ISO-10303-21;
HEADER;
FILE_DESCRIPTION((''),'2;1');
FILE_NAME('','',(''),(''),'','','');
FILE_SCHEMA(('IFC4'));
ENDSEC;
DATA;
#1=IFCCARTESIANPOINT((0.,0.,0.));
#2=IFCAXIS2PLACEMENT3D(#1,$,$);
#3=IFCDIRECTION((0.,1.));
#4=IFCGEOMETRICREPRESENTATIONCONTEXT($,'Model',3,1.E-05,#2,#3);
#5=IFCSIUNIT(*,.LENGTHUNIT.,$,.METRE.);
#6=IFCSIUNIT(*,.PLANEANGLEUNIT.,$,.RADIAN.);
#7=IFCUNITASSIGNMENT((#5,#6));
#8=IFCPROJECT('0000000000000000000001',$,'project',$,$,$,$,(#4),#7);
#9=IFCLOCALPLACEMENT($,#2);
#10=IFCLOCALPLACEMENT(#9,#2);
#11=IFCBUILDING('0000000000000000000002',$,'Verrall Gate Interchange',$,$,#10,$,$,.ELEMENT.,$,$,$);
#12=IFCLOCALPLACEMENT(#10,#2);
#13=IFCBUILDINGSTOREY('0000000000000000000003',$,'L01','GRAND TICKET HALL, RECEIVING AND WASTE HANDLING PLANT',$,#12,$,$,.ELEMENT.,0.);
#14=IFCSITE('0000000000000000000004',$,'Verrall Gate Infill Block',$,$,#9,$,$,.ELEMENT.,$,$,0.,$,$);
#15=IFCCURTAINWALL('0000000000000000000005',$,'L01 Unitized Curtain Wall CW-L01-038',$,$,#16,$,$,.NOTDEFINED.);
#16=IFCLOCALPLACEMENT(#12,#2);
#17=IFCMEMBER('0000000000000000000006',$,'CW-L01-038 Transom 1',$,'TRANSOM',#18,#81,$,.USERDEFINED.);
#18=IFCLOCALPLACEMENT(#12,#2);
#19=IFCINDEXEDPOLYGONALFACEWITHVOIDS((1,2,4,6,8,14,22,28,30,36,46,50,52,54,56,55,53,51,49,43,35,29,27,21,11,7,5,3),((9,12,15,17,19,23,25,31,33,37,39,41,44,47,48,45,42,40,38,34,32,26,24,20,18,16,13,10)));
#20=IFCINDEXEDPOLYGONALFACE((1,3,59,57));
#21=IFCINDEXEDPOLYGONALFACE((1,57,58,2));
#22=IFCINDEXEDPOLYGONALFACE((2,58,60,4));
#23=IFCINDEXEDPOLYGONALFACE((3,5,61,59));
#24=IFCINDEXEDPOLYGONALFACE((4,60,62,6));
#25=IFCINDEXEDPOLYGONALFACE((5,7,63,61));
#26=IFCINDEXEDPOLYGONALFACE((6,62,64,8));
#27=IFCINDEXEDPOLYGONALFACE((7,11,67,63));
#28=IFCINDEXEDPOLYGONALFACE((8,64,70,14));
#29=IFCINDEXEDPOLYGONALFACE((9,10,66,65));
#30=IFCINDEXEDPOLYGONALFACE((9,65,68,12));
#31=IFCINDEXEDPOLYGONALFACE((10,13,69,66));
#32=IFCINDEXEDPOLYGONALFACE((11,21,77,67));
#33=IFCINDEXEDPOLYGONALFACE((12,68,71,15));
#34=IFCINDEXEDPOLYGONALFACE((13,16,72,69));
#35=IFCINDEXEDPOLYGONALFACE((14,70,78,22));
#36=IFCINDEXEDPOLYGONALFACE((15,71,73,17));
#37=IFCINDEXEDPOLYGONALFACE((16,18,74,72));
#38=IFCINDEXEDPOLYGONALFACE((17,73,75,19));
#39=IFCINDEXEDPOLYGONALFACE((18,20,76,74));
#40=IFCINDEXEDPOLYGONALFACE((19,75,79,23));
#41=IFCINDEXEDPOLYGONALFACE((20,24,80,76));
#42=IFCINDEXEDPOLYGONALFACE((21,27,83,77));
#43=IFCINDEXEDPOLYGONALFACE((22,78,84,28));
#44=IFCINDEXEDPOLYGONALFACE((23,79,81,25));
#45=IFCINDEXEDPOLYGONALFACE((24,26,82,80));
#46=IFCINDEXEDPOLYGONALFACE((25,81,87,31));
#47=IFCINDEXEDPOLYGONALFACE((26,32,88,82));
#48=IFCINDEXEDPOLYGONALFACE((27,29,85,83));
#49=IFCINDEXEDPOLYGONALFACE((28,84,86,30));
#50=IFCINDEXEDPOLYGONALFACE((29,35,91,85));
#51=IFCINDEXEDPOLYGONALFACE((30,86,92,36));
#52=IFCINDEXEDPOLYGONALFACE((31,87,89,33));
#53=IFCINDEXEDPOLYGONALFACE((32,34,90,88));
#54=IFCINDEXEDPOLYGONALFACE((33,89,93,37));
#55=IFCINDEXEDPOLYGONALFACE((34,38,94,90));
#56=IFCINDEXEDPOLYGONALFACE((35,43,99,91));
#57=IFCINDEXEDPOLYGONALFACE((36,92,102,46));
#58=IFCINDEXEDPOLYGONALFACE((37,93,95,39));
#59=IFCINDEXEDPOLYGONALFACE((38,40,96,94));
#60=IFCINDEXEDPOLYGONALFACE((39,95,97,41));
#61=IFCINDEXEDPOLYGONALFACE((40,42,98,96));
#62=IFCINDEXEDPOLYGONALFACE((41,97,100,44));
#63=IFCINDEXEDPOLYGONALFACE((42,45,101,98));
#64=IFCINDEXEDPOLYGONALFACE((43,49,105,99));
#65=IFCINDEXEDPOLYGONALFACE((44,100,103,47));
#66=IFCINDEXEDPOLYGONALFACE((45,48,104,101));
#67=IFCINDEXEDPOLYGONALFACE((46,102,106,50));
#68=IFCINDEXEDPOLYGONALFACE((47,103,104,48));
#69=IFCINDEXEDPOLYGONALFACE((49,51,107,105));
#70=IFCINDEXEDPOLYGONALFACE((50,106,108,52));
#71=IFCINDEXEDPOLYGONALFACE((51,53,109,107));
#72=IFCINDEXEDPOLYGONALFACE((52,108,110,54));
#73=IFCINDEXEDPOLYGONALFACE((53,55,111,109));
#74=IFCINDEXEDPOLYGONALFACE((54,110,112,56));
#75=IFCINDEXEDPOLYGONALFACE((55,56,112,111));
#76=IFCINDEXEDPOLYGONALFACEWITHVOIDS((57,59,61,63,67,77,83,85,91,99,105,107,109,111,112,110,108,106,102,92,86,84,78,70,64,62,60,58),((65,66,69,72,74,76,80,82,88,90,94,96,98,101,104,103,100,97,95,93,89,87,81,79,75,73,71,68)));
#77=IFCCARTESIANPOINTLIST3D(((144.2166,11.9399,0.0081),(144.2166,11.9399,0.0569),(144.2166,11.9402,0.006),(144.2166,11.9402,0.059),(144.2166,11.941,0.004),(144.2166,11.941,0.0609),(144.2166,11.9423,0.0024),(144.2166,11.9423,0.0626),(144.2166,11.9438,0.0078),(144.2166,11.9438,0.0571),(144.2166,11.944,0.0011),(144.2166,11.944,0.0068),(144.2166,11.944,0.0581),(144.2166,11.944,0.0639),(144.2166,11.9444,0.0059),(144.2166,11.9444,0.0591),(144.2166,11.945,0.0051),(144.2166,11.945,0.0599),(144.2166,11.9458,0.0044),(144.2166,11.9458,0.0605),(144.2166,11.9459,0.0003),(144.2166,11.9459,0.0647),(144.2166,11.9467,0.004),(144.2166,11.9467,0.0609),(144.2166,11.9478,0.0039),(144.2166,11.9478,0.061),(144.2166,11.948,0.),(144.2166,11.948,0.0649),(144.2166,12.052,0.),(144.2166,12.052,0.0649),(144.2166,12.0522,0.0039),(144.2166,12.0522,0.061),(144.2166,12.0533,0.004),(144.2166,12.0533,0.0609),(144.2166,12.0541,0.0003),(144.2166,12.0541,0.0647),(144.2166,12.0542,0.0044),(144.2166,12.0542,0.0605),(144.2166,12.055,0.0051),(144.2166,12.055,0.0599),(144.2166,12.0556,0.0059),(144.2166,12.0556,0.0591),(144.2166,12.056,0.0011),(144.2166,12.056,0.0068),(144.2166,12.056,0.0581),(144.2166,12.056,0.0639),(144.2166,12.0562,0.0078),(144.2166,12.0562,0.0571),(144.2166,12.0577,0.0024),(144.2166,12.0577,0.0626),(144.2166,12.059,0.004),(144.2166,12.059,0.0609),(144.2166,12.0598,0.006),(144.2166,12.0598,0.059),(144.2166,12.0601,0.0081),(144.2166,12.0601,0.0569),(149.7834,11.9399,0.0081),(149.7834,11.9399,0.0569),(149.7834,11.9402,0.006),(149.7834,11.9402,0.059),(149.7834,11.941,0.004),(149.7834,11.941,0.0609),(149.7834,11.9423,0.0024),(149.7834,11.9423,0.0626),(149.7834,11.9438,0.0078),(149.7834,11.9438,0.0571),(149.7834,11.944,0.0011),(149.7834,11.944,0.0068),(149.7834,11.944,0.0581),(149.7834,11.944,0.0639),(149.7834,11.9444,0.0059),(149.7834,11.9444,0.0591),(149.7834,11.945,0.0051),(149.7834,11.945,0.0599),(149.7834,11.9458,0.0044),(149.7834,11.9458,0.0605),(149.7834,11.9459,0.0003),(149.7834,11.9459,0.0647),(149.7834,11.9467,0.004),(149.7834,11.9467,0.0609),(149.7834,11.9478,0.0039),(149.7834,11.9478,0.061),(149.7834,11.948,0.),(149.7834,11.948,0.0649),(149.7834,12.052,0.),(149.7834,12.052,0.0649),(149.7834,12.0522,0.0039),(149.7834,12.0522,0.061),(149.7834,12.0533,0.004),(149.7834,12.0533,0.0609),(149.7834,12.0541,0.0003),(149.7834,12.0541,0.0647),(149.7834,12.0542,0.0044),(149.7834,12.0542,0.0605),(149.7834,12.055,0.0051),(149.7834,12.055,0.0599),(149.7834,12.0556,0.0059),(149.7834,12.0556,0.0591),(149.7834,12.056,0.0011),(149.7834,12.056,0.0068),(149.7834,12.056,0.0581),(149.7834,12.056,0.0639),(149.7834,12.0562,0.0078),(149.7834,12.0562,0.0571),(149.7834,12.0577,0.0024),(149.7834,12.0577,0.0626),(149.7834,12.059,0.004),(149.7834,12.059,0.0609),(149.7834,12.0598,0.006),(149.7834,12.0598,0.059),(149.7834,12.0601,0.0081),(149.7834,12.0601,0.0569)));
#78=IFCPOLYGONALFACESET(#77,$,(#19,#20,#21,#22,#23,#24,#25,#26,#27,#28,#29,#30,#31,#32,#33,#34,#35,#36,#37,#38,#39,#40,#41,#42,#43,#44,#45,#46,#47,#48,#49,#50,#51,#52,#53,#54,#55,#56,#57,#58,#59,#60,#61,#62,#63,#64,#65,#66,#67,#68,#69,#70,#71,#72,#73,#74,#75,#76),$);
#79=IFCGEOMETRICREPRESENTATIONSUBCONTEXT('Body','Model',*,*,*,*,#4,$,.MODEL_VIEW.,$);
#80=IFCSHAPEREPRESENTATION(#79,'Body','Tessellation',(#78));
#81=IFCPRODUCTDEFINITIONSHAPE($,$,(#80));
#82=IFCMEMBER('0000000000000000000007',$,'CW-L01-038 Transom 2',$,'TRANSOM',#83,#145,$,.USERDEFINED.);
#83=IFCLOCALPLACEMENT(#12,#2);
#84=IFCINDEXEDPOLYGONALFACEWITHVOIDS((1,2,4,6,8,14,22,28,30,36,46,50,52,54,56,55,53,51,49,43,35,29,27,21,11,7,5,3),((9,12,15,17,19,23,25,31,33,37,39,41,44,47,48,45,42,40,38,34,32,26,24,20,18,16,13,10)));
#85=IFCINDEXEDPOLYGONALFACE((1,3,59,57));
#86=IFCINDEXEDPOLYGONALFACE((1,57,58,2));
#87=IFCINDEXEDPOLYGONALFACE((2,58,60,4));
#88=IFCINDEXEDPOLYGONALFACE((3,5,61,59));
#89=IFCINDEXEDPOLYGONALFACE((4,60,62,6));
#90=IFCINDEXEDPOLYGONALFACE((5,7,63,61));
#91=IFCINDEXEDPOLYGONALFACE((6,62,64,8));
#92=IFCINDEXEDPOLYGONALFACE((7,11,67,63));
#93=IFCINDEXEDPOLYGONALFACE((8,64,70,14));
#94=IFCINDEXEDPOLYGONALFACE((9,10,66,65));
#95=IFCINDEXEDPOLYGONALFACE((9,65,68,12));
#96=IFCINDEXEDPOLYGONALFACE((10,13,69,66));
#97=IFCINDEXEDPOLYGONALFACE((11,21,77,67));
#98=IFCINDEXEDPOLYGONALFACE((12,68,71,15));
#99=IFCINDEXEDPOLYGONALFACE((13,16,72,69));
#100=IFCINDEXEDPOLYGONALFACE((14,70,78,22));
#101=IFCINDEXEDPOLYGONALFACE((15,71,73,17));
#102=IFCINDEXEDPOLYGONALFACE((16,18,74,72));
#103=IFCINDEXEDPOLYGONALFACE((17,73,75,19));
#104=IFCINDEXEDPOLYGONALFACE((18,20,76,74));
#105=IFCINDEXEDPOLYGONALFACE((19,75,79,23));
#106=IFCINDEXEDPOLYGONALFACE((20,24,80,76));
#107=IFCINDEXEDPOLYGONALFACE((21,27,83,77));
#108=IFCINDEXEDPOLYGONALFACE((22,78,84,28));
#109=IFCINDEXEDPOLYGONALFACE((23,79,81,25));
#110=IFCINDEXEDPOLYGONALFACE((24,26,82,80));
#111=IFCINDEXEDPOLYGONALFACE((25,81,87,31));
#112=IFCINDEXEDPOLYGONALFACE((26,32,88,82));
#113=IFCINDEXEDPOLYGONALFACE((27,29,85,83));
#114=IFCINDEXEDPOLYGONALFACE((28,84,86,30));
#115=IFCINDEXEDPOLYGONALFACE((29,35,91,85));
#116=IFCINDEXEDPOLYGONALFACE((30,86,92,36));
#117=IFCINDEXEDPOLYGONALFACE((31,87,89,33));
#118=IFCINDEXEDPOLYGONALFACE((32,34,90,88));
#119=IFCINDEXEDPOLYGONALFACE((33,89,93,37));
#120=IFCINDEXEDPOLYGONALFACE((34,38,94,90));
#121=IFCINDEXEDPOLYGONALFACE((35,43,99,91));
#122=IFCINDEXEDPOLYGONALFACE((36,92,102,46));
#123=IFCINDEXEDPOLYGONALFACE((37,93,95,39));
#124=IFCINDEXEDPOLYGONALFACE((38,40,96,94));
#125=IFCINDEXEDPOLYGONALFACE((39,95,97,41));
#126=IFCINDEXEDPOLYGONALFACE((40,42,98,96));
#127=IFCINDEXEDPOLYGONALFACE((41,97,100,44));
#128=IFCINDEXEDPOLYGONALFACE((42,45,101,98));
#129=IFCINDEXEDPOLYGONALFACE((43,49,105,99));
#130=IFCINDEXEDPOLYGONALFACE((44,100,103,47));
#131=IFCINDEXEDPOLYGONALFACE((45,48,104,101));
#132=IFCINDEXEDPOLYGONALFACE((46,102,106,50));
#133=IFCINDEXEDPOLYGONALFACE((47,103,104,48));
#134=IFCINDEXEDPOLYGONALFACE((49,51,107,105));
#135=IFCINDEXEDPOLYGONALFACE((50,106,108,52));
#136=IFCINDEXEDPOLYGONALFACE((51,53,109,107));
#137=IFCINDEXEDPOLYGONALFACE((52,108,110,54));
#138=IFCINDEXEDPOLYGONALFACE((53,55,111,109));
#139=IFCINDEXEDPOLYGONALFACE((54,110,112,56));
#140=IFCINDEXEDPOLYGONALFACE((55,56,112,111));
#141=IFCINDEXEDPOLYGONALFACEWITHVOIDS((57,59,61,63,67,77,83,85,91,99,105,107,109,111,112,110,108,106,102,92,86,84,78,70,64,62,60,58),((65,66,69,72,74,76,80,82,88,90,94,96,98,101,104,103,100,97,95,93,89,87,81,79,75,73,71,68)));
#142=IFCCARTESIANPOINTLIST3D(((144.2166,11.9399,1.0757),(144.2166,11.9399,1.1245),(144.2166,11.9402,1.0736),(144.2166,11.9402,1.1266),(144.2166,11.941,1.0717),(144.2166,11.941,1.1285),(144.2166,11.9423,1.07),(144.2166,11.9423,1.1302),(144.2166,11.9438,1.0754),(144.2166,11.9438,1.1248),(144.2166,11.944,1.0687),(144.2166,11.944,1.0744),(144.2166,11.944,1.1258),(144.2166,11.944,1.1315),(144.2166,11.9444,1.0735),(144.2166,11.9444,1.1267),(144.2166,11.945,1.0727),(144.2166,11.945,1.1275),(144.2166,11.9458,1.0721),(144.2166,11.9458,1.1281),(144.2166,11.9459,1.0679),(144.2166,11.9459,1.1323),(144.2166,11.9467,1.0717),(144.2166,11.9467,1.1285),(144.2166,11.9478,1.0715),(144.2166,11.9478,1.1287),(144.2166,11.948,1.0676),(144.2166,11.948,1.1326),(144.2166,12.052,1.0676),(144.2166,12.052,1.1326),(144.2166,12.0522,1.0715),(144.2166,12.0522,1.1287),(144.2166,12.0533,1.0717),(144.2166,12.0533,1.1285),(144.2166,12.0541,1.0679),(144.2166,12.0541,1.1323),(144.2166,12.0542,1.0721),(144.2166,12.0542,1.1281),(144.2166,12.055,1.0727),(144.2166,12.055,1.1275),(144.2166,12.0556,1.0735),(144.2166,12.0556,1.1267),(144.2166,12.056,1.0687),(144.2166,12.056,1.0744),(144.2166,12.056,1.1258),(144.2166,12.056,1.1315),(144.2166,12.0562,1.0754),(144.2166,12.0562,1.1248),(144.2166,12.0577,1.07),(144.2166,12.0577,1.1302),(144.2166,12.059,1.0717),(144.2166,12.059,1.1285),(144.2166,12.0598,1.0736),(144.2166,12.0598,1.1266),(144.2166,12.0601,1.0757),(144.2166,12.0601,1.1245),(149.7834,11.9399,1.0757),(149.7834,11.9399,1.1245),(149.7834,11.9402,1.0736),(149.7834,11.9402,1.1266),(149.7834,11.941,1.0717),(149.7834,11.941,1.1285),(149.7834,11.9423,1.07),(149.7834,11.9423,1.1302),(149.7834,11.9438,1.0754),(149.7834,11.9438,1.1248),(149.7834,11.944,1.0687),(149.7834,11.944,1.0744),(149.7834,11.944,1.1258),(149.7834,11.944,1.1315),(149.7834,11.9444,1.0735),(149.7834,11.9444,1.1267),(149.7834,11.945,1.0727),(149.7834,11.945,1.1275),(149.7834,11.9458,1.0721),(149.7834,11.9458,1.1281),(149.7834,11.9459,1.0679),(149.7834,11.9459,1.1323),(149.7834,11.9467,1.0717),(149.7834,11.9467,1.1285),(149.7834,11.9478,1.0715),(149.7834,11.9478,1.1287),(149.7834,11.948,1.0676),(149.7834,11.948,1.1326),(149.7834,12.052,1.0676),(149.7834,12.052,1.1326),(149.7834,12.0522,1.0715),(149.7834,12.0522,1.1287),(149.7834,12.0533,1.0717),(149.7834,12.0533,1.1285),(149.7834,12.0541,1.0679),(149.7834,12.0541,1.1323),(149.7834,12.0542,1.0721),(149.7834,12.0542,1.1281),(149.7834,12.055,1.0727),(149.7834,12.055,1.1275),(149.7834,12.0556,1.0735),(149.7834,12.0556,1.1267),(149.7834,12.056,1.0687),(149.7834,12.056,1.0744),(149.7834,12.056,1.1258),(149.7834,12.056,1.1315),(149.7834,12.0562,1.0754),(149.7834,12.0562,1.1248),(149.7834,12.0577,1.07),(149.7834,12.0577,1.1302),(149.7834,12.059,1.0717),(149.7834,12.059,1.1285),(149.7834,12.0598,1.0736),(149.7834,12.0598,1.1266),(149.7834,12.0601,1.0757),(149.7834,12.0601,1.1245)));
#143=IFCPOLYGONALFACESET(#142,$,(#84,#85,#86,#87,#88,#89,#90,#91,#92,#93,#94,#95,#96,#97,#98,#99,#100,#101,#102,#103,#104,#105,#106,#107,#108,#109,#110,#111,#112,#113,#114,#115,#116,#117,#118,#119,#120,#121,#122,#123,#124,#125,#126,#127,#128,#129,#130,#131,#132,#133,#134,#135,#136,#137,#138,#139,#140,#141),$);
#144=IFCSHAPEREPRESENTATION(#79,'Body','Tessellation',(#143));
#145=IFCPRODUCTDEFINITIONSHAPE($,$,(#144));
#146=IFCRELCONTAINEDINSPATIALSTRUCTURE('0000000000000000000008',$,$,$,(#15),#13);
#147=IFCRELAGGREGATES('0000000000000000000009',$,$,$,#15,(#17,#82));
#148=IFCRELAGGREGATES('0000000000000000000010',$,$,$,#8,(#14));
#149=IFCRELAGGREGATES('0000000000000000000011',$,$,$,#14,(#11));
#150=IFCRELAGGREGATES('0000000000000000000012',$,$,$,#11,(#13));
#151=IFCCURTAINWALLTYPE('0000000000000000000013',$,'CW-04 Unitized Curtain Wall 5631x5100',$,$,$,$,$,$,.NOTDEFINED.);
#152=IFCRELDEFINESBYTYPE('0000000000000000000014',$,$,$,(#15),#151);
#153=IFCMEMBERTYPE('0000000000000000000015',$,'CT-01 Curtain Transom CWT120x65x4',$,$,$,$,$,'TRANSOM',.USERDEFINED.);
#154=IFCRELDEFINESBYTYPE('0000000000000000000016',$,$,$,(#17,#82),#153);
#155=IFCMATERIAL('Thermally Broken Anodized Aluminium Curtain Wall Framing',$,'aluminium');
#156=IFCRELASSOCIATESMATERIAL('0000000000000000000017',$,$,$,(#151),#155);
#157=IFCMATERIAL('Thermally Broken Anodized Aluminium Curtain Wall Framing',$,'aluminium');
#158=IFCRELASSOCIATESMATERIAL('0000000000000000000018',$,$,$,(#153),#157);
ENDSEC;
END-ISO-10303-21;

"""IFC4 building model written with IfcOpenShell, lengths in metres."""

from ifc_helpers import new_model, si_unit, direction, frame, origin, origin_2d, place, context, subcontext, project, spatial, hollow_rectangle, extrude, material, material_profile, profile_set, type_object, element, aggregate, save


model = new_model("IFC4")

# Units and contexts
model_context = context("Model", 3, precision=1e-05, world=origin(), true_north=direction((0.0, 1.0)))
body_context = subcontext(model_context, "Body", "Model", "MODEL_VIEW")
ifc_project = project(units=[si_unit("LENGTHUNIT", "METRE"), si_unit("PLANEANGLEUNIT", "RADIAN")], contexts=[model_context])

# Site, building, storey
site_placement = place(None, origin())
site = spatial("IfcSite", under=ifc_project, at=site_placement, Name="Verrall Gate Infill Block", CompositionType="ELEMENT", RefElevation=0.0)
building_placement = place(site_placement, origin())
building = spatial("IfcBuilding", under=site, at=building_placement, Name="Verrall Gate Interchange", CompositionType="ELEMENT")
storey_placement = place(building_placement, origin())
storey = spatial("IfcBuildingStorey", under=building, at=storey_placement, Name="L01", Description="GRAND TICKET HALL, RECEIVING AND WASTE HANDLING PLANT", CompositionType="ELEMENT", Elevation=0.0)

# Curtain wall
ifc_material_1 = material(Name="Thermally Broken Anodized Aluminium Curtain Wall Framing", Category="aluminium")
curtain_wall_type = type_object("IfcCurtainWallType", Name="CW-04 Unitized Curtain Wall 5631x5100", PredefinedType="NOTDEFINED", material=ifc_material_1)
curtain_wall_1_placement = place(storey_placement, origin())
curtain_wall_1 = element("IfcCurtainWall", 1, at=curtain_wall_1_placement, inside=storey, type_object=curtain_wall_type, Name="L01 Unitized Curtain Wall CW-L01-038", PredefinedType="NOTDEFINED")

# Members
ifc_material_2 = material(Name="Thermally Broken Anodized Aluminium Curtain Wall Framing", Category="aluminium")
ifc_material_profile_1 = material_profile(ifc_material_2, hollow_rectangle(XDim=0.1201, YDim=0.0649, WallThickness=0.0039, InnerFilletRadius=0.0039, OuterFilletRadius=0.0081, at=origin_2d()), Name="CWT120x65x4")
ifc_profile_set_1 = profile_set([ifc_material_profile_1], Name="Thermally Broken Anodized Aluminium Curtain Wall Framing")
member_type_1 = type_object("IfcMemberType", Name="CT-01 Curtain Transom CWT120x65x4", ElementType="TRANSOM", PredefinedType="USERDEFINED", material=ifc_profile_set_1)
member_1_placement = place(storey_placement, frame((144.2166, 12.0, 0.0325), z_axis=(1.0, 0.0, 0.0), x_axis=(0.0, 1.0, 0.0)))
member_1 = element("IfcMember", 2, at=member_1_placement, type_object=member_type_1, Name="CW-L01-038 Transom 1", ObjectType="TRANSOM", PredefinedType="USERDEFINED", context=body_context, shape_type="SweptSolid", body=[
    extrude(hollow_rectangle(XDim=0.1201, YDim=0.0649, WallThickness=0.0039, InnerFilletRadius=0.0039, OuterFilletRadius=0.0081, at=origin_2d()), origin(), (0.0, 0.0, 1.0), 5.5669),
])
member_2_placement = place(storey_placement, frame((144.2166, 12.0, 1.1001), z_axis=(1.0, 0.0, 0.0), x_axis=(0.0, 1.0, 0.0)))
member_2 = element("IfcMember", 3, at=member_2_placement, type_object=member_type_1, Name="CW-L01-038 Transom 2", ObjectType="TRANSOM", PredefinedType="USERDEFINED", context=body_context, shape_type="SweptSolid", body=[
    extrude(hollow_rectangle(XDim=0.1201, YDim=0.0649, WallThickness=0.0039, InnerFilletRadius=0.0039, OuterFilletRadius=0.0081, at=origin_2d()), origin(), (0.0, 0.0, 1.0), 5.5669),
])

aggregate(curtain_wall_1, [member_1, member_2])

save(model, "model.ifc")
